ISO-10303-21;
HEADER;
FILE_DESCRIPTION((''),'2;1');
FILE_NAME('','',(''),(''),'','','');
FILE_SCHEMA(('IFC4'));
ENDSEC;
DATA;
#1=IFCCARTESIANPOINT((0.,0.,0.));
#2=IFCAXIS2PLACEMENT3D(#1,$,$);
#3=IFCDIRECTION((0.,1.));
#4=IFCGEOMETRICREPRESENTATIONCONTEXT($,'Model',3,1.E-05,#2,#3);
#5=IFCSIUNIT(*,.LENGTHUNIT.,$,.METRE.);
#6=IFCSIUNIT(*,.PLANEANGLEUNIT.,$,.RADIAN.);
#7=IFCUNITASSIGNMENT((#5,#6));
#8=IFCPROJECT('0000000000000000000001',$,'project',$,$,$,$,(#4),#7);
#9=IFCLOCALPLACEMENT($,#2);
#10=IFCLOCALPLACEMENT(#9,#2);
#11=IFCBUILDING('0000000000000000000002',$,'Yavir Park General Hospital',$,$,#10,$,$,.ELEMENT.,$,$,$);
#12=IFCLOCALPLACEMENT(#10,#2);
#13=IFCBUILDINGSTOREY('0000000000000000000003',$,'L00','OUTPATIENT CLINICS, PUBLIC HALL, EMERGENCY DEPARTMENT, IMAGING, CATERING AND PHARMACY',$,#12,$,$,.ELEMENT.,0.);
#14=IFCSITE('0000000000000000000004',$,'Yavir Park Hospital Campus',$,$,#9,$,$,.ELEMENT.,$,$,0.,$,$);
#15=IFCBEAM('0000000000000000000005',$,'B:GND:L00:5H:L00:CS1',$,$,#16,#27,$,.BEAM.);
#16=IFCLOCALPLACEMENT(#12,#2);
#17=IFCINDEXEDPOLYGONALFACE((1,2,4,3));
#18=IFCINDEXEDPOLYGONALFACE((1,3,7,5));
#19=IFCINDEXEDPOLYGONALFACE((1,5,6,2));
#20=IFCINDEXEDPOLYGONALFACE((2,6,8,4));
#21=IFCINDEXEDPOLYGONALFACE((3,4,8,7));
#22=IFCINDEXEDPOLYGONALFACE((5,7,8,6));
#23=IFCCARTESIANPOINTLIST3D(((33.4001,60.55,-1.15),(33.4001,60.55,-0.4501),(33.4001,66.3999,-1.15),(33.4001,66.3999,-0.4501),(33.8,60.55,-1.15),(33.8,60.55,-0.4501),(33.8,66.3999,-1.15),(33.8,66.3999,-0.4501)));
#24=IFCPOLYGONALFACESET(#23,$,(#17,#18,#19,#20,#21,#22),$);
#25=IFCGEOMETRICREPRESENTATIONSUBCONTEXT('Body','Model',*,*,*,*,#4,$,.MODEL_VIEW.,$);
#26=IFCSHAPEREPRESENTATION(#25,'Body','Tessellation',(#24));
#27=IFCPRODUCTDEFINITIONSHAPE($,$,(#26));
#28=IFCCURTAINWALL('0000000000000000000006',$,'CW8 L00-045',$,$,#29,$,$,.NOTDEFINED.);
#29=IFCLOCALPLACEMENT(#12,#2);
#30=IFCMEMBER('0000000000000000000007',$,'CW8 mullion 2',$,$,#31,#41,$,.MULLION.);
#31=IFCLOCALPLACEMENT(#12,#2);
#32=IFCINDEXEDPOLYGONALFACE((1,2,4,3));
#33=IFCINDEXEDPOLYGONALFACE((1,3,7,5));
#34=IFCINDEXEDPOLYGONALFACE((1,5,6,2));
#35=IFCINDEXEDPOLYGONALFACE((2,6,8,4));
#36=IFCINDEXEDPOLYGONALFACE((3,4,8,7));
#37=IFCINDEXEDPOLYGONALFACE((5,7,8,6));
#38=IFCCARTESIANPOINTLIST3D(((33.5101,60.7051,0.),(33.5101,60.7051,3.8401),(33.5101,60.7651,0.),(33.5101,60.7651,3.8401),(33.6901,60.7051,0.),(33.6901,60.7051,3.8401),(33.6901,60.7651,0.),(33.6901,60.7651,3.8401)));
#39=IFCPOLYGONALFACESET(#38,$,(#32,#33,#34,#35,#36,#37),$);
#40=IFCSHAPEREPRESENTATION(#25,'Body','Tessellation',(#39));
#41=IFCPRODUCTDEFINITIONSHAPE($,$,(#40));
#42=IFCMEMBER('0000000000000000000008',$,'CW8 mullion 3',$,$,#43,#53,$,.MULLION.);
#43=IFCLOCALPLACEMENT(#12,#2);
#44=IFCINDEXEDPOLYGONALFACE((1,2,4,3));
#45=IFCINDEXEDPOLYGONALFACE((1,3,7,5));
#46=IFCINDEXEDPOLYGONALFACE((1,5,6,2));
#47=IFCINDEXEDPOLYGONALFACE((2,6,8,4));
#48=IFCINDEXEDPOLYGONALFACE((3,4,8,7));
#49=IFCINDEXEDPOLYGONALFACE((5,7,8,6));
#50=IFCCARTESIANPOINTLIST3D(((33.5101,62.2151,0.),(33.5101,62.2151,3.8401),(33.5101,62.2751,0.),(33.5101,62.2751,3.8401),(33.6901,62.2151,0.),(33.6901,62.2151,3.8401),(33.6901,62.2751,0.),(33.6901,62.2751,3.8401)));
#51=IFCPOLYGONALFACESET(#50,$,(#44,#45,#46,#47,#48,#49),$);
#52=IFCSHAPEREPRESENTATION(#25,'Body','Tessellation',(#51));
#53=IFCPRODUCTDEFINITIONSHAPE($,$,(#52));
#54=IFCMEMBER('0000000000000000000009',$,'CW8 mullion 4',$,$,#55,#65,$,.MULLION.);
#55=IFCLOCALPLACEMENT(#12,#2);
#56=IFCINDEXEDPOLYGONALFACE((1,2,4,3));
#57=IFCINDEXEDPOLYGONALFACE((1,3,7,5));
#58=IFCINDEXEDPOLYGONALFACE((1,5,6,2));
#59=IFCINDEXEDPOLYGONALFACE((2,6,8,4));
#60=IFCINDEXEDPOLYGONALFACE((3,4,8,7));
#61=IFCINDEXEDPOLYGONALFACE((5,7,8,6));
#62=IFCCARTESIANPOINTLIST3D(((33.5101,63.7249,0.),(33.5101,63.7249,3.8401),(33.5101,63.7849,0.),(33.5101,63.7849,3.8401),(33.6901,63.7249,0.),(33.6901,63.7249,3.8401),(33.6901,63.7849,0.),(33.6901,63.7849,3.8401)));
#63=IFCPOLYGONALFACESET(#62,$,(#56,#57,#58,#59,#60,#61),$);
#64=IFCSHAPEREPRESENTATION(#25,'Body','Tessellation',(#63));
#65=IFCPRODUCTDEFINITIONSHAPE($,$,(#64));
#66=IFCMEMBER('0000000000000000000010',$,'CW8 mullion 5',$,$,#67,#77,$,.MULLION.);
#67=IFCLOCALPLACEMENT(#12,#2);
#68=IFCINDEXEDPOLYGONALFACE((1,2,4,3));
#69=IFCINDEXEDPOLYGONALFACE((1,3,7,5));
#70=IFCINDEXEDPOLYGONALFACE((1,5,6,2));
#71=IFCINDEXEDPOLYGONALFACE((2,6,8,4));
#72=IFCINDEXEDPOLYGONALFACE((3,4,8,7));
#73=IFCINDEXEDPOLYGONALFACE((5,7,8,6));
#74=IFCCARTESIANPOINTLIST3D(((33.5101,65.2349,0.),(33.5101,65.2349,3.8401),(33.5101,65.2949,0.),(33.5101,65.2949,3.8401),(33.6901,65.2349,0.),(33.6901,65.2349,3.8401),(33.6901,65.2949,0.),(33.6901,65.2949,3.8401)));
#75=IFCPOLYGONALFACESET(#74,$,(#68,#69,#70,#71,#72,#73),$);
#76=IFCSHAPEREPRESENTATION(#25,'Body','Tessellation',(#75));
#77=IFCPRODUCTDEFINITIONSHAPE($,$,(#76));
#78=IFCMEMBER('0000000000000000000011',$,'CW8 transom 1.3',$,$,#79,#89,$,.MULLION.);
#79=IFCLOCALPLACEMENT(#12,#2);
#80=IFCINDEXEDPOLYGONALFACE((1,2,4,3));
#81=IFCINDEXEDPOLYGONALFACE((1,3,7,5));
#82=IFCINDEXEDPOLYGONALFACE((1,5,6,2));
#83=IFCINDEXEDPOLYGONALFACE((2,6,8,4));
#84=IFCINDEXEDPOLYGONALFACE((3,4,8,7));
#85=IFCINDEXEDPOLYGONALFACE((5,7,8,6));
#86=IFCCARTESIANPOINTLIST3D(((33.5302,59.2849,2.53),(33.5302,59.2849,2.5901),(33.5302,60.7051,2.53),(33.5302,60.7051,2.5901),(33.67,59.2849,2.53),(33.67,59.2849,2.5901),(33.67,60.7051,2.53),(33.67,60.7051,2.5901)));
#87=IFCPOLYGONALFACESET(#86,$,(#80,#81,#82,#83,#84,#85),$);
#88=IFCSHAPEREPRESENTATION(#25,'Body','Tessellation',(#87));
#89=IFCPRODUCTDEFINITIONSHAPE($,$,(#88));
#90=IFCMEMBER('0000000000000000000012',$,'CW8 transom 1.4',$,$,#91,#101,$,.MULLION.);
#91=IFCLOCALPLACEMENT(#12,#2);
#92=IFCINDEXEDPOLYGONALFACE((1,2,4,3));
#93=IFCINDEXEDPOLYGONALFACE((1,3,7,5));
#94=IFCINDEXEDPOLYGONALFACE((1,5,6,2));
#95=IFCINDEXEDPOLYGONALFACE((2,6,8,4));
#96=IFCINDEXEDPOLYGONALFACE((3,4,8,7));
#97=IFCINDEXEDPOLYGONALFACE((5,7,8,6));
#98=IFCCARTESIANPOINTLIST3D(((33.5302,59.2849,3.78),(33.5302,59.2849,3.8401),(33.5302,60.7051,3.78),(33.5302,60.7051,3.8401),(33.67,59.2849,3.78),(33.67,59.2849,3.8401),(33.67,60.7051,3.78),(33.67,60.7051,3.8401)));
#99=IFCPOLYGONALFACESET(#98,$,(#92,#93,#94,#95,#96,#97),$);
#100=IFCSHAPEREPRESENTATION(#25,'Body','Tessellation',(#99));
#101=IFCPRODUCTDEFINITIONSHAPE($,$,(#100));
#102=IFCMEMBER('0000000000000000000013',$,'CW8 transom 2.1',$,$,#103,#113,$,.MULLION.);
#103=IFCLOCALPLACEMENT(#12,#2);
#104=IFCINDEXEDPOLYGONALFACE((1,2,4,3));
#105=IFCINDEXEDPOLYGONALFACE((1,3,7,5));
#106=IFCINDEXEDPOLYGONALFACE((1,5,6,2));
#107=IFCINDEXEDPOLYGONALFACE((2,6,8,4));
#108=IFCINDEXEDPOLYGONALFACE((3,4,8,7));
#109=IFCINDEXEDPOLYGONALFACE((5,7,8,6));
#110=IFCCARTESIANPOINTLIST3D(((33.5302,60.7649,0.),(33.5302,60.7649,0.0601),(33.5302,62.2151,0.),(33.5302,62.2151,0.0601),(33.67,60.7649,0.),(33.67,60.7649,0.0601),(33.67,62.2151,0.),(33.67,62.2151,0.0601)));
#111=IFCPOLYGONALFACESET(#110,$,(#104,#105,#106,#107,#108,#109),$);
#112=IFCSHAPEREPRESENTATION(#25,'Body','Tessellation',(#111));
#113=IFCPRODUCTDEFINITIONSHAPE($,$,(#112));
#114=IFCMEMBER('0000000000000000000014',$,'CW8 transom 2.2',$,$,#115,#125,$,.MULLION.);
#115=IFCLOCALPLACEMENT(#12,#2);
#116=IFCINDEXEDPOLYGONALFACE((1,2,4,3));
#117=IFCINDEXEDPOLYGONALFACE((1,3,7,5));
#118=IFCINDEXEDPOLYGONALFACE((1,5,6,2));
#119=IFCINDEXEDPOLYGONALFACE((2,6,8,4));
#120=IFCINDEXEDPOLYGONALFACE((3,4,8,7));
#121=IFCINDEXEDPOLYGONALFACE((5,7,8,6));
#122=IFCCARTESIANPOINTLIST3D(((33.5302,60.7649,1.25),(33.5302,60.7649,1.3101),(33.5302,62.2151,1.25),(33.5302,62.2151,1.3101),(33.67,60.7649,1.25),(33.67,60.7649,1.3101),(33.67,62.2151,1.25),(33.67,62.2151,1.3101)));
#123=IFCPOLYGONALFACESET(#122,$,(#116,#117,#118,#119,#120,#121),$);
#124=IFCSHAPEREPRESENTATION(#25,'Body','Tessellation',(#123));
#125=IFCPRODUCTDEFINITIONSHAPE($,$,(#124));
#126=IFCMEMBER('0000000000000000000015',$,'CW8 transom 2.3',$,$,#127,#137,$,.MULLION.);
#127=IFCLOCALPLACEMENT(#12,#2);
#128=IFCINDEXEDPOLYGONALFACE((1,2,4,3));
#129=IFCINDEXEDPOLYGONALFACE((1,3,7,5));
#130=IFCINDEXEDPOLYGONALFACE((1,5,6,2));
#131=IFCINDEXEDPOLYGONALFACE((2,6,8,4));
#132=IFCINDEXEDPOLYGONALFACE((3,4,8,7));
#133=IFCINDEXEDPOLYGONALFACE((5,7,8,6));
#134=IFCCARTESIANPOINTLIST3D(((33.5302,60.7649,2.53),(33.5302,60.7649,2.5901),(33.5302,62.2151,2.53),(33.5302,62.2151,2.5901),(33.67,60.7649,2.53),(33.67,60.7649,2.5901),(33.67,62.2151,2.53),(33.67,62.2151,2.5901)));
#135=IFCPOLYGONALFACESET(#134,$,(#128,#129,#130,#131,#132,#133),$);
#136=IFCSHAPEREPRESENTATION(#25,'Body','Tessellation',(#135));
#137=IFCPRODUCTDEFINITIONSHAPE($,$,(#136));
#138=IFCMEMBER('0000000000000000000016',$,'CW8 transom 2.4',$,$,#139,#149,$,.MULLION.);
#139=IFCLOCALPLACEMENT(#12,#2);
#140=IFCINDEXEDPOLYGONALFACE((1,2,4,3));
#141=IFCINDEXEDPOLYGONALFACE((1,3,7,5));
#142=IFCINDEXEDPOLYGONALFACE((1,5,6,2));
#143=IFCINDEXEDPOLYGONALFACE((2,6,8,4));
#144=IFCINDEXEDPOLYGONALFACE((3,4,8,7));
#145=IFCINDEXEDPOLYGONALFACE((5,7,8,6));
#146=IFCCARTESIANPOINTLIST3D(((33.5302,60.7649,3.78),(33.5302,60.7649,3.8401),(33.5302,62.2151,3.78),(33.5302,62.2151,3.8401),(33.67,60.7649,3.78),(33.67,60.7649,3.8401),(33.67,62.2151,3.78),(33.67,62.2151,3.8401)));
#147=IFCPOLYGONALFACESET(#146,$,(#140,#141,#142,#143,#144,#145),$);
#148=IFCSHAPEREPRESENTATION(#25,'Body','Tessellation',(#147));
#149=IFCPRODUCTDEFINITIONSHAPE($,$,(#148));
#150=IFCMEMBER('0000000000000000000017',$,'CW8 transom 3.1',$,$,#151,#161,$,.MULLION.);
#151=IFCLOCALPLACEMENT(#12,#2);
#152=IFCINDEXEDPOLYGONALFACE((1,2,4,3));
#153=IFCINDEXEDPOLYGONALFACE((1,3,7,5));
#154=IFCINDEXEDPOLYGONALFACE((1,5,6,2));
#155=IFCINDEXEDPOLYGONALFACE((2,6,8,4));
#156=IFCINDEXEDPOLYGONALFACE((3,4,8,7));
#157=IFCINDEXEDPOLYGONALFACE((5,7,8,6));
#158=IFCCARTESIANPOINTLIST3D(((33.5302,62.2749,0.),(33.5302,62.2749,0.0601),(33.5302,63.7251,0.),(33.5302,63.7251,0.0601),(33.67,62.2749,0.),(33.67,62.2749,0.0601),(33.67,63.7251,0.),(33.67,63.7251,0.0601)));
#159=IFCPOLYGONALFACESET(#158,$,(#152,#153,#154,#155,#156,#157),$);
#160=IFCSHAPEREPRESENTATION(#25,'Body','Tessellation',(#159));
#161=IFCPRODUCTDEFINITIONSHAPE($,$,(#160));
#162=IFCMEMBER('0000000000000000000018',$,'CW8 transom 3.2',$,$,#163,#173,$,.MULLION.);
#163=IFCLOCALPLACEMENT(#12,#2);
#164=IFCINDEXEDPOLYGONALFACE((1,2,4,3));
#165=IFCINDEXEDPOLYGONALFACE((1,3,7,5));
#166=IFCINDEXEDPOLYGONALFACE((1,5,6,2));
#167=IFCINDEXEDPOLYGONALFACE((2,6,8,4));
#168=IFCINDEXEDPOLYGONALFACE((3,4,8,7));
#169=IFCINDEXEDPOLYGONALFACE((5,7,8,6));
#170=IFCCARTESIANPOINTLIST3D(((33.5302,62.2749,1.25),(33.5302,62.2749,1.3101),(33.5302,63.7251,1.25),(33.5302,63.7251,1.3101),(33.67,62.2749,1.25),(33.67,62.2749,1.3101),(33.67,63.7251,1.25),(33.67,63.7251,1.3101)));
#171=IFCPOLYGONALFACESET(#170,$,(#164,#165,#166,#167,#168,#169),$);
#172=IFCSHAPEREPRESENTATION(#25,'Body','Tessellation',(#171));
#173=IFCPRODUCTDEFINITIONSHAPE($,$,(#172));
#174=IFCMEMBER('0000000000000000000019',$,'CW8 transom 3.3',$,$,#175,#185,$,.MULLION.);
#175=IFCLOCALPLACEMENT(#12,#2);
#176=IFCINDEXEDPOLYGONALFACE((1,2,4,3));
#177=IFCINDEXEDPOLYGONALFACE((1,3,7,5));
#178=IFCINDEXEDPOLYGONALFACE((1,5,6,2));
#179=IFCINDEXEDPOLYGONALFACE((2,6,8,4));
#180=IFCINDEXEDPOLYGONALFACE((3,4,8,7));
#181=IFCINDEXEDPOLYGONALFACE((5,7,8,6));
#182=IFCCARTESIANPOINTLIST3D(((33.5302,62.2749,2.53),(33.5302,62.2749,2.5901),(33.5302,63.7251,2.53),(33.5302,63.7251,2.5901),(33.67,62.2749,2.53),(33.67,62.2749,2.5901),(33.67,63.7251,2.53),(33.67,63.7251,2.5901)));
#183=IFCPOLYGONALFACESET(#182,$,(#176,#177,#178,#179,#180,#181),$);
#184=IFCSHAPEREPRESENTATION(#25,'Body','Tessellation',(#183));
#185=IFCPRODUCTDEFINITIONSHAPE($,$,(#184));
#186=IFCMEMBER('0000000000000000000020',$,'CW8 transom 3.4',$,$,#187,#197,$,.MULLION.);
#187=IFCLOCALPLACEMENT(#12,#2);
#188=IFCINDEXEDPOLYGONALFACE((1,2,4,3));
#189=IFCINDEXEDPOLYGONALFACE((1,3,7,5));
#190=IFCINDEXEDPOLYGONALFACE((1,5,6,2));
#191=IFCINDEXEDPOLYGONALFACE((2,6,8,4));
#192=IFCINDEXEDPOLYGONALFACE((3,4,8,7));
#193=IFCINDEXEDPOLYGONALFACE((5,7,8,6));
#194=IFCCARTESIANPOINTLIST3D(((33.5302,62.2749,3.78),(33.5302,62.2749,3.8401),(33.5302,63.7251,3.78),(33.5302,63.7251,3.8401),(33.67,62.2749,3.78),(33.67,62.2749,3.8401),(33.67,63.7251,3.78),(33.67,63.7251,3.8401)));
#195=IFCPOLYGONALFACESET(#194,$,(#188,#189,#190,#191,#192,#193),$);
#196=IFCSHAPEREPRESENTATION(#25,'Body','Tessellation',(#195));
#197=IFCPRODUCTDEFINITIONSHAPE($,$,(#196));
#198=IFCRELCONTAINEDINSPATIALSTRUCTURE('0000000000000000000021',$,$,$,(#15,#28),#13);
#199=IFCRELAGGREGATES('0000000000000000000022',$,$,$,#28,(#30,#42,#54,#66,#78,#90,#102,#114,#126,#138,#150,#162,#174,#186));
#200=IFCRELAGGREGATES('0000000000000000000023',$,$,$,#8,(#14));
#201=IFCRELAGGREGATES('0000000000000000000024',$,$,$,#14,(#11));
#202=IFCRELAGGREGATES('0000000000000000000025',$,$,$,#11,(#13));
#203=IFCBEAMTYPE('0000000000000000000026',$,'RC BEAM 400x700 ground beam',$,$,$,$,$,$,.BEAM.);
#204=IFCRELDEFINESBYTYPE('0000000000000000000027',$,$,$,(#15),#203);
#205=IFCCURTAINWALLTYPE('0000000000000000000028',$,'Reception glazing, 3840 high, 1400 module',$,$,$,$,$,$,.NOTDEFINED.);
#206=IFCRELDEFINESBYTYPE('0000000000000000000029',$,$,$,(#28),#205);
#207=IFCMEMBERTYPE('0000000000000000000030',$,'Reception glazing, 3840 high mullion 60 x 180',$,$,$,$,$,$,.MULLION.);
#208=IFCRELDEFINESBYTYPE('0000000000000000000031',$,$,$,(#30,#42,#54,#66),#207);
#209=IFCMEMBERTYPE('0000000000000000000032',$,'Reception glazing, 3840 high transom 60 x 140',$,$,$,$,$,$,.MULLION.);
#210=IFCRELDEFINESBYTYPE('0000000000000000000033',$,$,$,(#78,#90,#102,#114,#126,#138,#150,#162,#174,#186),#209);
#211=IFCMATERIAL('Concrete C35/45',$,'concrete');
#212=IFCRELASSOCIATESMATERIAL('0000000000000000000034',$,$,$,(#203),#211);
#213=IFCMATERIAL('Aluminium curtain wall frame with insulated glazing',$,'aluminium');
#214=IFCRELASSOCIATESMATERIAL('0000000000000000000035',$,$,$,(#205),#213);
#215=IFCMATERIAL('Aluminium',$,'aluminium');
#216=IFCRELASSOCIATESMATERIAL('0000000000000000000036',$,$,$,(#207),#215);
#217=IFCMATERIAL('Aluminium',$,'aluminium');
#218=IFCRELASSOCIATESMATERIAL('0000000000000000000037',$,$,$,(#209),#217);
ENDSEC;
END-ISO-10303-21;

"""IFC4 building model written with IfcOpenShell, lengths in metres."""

from ifc_helpers import new_model, si_unit, direction, frame, origin, origin_2d, place, context, subcontext, project, spatial, rectangle, extrude, material, material_profile, profile_set, type_object, element, aggregate, save


model = new_model("IFC4")

# Units and contexts
model_context = context("Model", 3, precision=1e-05, world=origin(), true_north=direction((0.0, 1.0)))
body_context = subcontext(model_context, "Body", "Model", "MODEL_VIEW")
ifc_project = project(units=[si_unit("LENGTHUNIT", "METRE"), si_unit("PLANEANGLEUNIT", "RADIAN")], contexts=[model_context])

# Site, building, storey
site_placement = place(None, origin())
site = spatial("IfcSite", under=ifc_project, at=site_placement, Name="Yavir Park Hospital Campus", CompositionType="ELEMENT", RefElevation=0.0)
building_placement = place(site_placement, origin())
building = spatial("IfcBuilding", under=site, at=building_placement, Name="Yavir Park General Hospital", CompositionType="ELEMENT")
storey_placement = place(building_placement, origin())
storey = spatial("IfcBuildingStorey", under=building, at=storey_placement, Name="L00", Description="OUTPATIENT CLINICS, PUBLIC HALL, EMERGENCY DEPARTMENT, IMAGING, CATERING AND PHARMACY", CompositionType="ELEMENT", Elevation=0.0)

# Beam
ifc_material_1 = material(Name="Concrete C35/45", Category="concrete")
ifc_material_profile_1 = material_profile(ifc_material_1, rectangle(XDim=0.3999, YDim=0.7, at=origin_2d()), Name="RC400x700")
ifc_profile_set_1 = profile_set([ifc_material_profile_1], Name="Concrete C35/45")
beam_type = type_object("IfcBeamType", Name="RC BEAM 400x700 ground beam", PredefinedType="BEAM", material=ifc_profile_set_1)
beam_placement = place(storey_placement, frame((33.6001, 60.55, -0.8), z_axis=(0.0, 1.0, 0.0), x_axis=(-1.0, 0.0, 0.0)))
element("IfcBeam", 1, at=beam_placement, inside=storey, type_object=beam_type, Name="B:GND:L00:5H:L00:CS1", PredefinedType="BEAM", context=body_context, shape_type="SweptSolid", body=[
    extrude(rectangle(XDim=0.3999, YDim=0.7, at=origin_2d()), origin(), (0.0, 0.0, 1.0), 5.8499),
])

# Curtain wall, members
ifc_material_2 = material(Name="Aluminium curtain wall frame with insulated glazing", Category="aluminium")
curtain_wall_type = type_object("IfcCurtainWallType", Name="Reception glazing, 3840 high, 1400 module", PredefinedType="NOTDEFINED", material=ifc_material_2)
curtain_wall_placement = place(storey_placement, origin())
curtain_wall = element("IfcCurtainWall", 2, at=curtain_wall_placement, inside=storey, type_object=curtain_wall_type, Name="CW8 L00-045", PredefinedType="NOTDEFINED")
ifc_material_3 = material(Name="Aluminium", Category="aluminium")
ifc_material_profile_2 = material_profile(ifc_material_3, rectangle(XDim=0.1799, YDim=0.0601, at=origin_2d()), Name="AL 60x180")
ifc_profile_set_2 = profile_set([ifc_material_profile_2], Name="Aluminium")
member_type_1 = type_object("IfcMemberType", Name="Reception glazing, 3840 high mullion 60 x 180", PredefinedType="MULLION", material=ifc_profile_set_2)
member_1_placement = place(storey_placement, frame((33.6001, 60.7351, 0.0), z_axis=(0.0, 0.0, 1.0), x_axis=(-1.0, 0.0, 0.0)))
member_1 = element("IfcMember", 3, at=member_1_placement, type_object=member_type_1, Name="CW8 mullion 2", PredefinedType="MULLION", context=body_context, shape_type="SweptSolid", body=[
    extrude(rectangle(XDim=0.1799, YDim=0.0601, at=origin_2d()), origin(), (0.0, 0.0, 1.0), 3.8401),
])
member_2_placement = place(storey_placement, frame((33.6001, 62.2451, 0.0), z_axis=(0.0, 0.0, 1.0), x_axis=(-1.0, 0.0, 0.0)))
member_2 = element("IfcMember", 4, at=member_2_placement, type_object=member_type_1, Name="CW8 mullion 3", PredefinedType="MULLION", context=body_context, shape_type="SweptSolid", body=[
    extrude(rectangle(XDim=0.1799, YDim=0.0601, at=origin_2d()), origin(), (0.0, 0.0, 1.0), 3.8401),
])
member_3_placement = place(storey_placement, frame((33.6001, 63.7549, 0.0), z_axis=(0.0, 0.0, 1.0), x_axis=(-1.0, 0.0, 0.0)))
member_3 = element("IfcMember", 5, at=member_3_placement, type_object=member_type_1, Name="CW8 mullion 4", PredefinedType="MULLION", context=body_context, shape_type="SweptSolid", body=[
    extrude(rectangle(XDim=0.1799, YDim=0.0601, at=origin_2d()), origin(), (0.0, 0.0, 1.0), 3.8401),
])
member_4_placement = place(storey_placement, frame((33.6001, 65.2649, 0.0), z_axis=(0.0, 0.0, 1.0), x_axis=(-1.0, 0.0, 0.0)))
member_4 = element("IfcMember", 6, at=member_4_placement, type_object=member_type_1, Name="CW8 mullion 5", PredefinedType="MULLION", context=body_context, shape_type="SweptSolid", body=[
    extrude(rectangle(XDim=0.1799, YDim=0.0601, at=origin_2d()), origin(), (0.0, 0.0, 1.0), 3.8401),
])
ifc_material_4 = material(Name="Aluminium", Category="aluminium")
ifc_material_profile_3 = material_profile(ifc_material_4, rectangle(XDim=0.1399, YDim=0.0601, at=origin_2d()), Name="AL 140x60")
ifc_profile_set_3 = profile_set([ifc_material_profile_3], Name="Aluminium")
member_type_2 = type_object("IfcMemberType", Name="Reception glazing, 3840 high transom 60 x 140", PredefinedType="MULLION", material=ifc_profile_set_3)
member_5_placement = place(storey_placement, frame((33.6001, 59.2849, 2.5601), z_axis=(0.0, 1.0, 0.0), x_axis=(-1.0, 0.0, 0.0)))
member_5 = element("IfcMember", 7, at=member_5_placement, type_object=member_type_2, Name="CW8 transom 1.3", PredefinedType="MULLION", context=body_context, shape_type="SweptSolid", body=[
    extrude(rectangle(XDim=0.1399, YDim=0.0601, at=origin_2d()), origin(), (0.0, 0.0, 1.0), 1.4202),
])
member_6_placement = place(storey_placement, frame((33.6001, 59.2849, 3.8101), z_axis=(0.0, 1.0, 0.0), x_axis=(-1.0, 0.0, 0.0)))
member_6 = element("IfcMember", 8, at=member_6_placement, type_object=member_type_2, Name="CW8 transom 1.4", PredefinedType="MULLION", context=body_context, shape_type="SweptSolid", body=[
    extrude(rectangle(XDim=0.1399, YDim=0.0601, at=origin_2d()), origin(), (0.0, 0.0, 1.0), 1.4202),
])
member_7_placement = place(storey_placement, frame((33.6001, 60.7649, 0.03), z_axis=(0.0, 1.0, 0.0), x_axis=(-1.0, 0.0, 0.0)))
member_7 = element("IfcMember", 9, at=member_7_placement, type_object=member_type_2, Name="CW8 transom 2.1", PredefinedType="MULLION", context=body_context, shape_type="SweptSolid", body=[
    extrude(rectangle(XDim=0.1399, YDim=0.0601, at=origin_2d()), origin(), (0.0, 0.0, 1.0), 1.4502),
])
member_8_placement = place(storey_placement, frame((33.6001, 60.7649, 1.28), z_axis=(0.0, 1.0, 0.0), x_axis=(-1.0, 0.0, 0.0)))
member_8 = element("IfcMember", 10, at=member_8_placement, type_object=member_type_2, Name="CW8 transom 2.2", PredefinedType="MULLION", context=body_context, shape_type="SweptSolid", body=[
    extrude(rectangle(XDim=0.1399, YDim=0.0601, at=origin_2d()), origin(), (0.0, 0.0, 1.0), 1.4502),
])
member_9_placement = place(storey_placement, frame((33.6001, 60.7649, 2.5601), z_axis=(0.0, 1.0, 0.0), x_axis=(-1.0, 0.0, 0.0)))
member_9 = element("IfcMember", 11, at=member_9_placement, type_object=member_type_2, Name="CW8 transom 2.3", PredefinedType="MULLION", context=body_context, shape_type="SweptSolid", body=[
    extrude(rectangle(XDim=0.1399, YDim=0.0601, at=origin_2d()), origin(), (0.0, 0.0, 1.0), 1.4502),
])
member_10_placement = place(storey_placement, frame((33.6001, 60.7649, 3.8101), z_axis=(0.0, 1.0, 0.0), x_axis=(-1.0, 0.0, 0.0)))
member_10 = element("IfcMember", 12, at=member_10_placement, type_object=member_type_2, Name="CW8 transom 2.4", PredefinedType="MULLION", context=body_context, shape_type="SweptSolid", body=[
    extrude(rectangle(XDim=0.1399, YDim=0.0601, at=origin_2d()), origin(), (0.0, 0.0, 1.0), 1.4502),
])
member_11_placement = place(storey_placement, frame((33.6001, 62.2749, 0.03), z_axis=(0.0, 1.0, 0.0), x_axis=(-1.0, 0.0, 0.0)))
member_11 = element("IfcMember", 13, at=member_11_placement, type_object=member_type_2, Name="CW8 transom 3.1", PredefinedType="MULLION", context=body_context, shape_type="SweptSolid", body=[
    extrude(rectangle(XDim=0.1399, YDim=0.0601, at=origin_2d()), origin(), (0.0, 0.0, 1.0), 1.4502),
])
member_12_placement = place(storey_placement, frame((33.6001, 62.2749, 1.28), z_axis=(0.0, 1.0, 0.0), x_axis=(-1.0, 0.0, 0.0)))
member_12 = element("IfcMember", 14, at=member_12_placement, type_object=member_type_2, Name="CW8 transom 3.2", PredefinedType="MULLION", context=body_context, shape_type="SweptSolid", body=[
    extrude(rectangle(XDim=0.1399, YDim=0.0601, at=origin_2d()), origin(), (0.0, 0.0, 1.0), 1.4502),
])
member_13_placement = place(storey_placement, frame((33.6001, 62.2749, 2.5601), z_axis=(0.0, 1.0, 0.0), x_axis=(-1.0, 0.0, 0.0)))
member_13 = element("IfcMember", 15, at=member_13_placement, type_object=member_type_2, Name="CW8 transom 3.3", PredefinedType="MULLION", context=body_context, shape_type="SweptSolid", body=[
    extrude(rectangle(XDim=0.1399, YDim=0.0601, at=origin_2d()), origin(), (0.0, 0.0, 1.0), 1.4502),
])
member_14_placement = place(storey_placement, frame((33.6001, 62.2749, 3.8101), z_axis=(0.0, 1.0, 0.0), x_axis=(-1.0, 0.0, 0.0)))
member_14 = element("IfcMember", 16, at=member_14_placement, type_object=member_type_2, Name="CW8 transom 3.4", PredefinedType="MULLION", context=body_context, shape_type="SweptSolid", body=[
    extrude(rectangle(XDim=0.1399, YDim=0.0601, at=origin_2d()), origin(), (0.0, 0.0, 1.0), 1.4502),
])
aggregate(curtain_wall, [member_1, member_2, member_3, member_4, member_5, member_6, member_7, member_8, member_9, member_10, member_11, member_12, member_13, member_14])

save(model, "model.ifc")
